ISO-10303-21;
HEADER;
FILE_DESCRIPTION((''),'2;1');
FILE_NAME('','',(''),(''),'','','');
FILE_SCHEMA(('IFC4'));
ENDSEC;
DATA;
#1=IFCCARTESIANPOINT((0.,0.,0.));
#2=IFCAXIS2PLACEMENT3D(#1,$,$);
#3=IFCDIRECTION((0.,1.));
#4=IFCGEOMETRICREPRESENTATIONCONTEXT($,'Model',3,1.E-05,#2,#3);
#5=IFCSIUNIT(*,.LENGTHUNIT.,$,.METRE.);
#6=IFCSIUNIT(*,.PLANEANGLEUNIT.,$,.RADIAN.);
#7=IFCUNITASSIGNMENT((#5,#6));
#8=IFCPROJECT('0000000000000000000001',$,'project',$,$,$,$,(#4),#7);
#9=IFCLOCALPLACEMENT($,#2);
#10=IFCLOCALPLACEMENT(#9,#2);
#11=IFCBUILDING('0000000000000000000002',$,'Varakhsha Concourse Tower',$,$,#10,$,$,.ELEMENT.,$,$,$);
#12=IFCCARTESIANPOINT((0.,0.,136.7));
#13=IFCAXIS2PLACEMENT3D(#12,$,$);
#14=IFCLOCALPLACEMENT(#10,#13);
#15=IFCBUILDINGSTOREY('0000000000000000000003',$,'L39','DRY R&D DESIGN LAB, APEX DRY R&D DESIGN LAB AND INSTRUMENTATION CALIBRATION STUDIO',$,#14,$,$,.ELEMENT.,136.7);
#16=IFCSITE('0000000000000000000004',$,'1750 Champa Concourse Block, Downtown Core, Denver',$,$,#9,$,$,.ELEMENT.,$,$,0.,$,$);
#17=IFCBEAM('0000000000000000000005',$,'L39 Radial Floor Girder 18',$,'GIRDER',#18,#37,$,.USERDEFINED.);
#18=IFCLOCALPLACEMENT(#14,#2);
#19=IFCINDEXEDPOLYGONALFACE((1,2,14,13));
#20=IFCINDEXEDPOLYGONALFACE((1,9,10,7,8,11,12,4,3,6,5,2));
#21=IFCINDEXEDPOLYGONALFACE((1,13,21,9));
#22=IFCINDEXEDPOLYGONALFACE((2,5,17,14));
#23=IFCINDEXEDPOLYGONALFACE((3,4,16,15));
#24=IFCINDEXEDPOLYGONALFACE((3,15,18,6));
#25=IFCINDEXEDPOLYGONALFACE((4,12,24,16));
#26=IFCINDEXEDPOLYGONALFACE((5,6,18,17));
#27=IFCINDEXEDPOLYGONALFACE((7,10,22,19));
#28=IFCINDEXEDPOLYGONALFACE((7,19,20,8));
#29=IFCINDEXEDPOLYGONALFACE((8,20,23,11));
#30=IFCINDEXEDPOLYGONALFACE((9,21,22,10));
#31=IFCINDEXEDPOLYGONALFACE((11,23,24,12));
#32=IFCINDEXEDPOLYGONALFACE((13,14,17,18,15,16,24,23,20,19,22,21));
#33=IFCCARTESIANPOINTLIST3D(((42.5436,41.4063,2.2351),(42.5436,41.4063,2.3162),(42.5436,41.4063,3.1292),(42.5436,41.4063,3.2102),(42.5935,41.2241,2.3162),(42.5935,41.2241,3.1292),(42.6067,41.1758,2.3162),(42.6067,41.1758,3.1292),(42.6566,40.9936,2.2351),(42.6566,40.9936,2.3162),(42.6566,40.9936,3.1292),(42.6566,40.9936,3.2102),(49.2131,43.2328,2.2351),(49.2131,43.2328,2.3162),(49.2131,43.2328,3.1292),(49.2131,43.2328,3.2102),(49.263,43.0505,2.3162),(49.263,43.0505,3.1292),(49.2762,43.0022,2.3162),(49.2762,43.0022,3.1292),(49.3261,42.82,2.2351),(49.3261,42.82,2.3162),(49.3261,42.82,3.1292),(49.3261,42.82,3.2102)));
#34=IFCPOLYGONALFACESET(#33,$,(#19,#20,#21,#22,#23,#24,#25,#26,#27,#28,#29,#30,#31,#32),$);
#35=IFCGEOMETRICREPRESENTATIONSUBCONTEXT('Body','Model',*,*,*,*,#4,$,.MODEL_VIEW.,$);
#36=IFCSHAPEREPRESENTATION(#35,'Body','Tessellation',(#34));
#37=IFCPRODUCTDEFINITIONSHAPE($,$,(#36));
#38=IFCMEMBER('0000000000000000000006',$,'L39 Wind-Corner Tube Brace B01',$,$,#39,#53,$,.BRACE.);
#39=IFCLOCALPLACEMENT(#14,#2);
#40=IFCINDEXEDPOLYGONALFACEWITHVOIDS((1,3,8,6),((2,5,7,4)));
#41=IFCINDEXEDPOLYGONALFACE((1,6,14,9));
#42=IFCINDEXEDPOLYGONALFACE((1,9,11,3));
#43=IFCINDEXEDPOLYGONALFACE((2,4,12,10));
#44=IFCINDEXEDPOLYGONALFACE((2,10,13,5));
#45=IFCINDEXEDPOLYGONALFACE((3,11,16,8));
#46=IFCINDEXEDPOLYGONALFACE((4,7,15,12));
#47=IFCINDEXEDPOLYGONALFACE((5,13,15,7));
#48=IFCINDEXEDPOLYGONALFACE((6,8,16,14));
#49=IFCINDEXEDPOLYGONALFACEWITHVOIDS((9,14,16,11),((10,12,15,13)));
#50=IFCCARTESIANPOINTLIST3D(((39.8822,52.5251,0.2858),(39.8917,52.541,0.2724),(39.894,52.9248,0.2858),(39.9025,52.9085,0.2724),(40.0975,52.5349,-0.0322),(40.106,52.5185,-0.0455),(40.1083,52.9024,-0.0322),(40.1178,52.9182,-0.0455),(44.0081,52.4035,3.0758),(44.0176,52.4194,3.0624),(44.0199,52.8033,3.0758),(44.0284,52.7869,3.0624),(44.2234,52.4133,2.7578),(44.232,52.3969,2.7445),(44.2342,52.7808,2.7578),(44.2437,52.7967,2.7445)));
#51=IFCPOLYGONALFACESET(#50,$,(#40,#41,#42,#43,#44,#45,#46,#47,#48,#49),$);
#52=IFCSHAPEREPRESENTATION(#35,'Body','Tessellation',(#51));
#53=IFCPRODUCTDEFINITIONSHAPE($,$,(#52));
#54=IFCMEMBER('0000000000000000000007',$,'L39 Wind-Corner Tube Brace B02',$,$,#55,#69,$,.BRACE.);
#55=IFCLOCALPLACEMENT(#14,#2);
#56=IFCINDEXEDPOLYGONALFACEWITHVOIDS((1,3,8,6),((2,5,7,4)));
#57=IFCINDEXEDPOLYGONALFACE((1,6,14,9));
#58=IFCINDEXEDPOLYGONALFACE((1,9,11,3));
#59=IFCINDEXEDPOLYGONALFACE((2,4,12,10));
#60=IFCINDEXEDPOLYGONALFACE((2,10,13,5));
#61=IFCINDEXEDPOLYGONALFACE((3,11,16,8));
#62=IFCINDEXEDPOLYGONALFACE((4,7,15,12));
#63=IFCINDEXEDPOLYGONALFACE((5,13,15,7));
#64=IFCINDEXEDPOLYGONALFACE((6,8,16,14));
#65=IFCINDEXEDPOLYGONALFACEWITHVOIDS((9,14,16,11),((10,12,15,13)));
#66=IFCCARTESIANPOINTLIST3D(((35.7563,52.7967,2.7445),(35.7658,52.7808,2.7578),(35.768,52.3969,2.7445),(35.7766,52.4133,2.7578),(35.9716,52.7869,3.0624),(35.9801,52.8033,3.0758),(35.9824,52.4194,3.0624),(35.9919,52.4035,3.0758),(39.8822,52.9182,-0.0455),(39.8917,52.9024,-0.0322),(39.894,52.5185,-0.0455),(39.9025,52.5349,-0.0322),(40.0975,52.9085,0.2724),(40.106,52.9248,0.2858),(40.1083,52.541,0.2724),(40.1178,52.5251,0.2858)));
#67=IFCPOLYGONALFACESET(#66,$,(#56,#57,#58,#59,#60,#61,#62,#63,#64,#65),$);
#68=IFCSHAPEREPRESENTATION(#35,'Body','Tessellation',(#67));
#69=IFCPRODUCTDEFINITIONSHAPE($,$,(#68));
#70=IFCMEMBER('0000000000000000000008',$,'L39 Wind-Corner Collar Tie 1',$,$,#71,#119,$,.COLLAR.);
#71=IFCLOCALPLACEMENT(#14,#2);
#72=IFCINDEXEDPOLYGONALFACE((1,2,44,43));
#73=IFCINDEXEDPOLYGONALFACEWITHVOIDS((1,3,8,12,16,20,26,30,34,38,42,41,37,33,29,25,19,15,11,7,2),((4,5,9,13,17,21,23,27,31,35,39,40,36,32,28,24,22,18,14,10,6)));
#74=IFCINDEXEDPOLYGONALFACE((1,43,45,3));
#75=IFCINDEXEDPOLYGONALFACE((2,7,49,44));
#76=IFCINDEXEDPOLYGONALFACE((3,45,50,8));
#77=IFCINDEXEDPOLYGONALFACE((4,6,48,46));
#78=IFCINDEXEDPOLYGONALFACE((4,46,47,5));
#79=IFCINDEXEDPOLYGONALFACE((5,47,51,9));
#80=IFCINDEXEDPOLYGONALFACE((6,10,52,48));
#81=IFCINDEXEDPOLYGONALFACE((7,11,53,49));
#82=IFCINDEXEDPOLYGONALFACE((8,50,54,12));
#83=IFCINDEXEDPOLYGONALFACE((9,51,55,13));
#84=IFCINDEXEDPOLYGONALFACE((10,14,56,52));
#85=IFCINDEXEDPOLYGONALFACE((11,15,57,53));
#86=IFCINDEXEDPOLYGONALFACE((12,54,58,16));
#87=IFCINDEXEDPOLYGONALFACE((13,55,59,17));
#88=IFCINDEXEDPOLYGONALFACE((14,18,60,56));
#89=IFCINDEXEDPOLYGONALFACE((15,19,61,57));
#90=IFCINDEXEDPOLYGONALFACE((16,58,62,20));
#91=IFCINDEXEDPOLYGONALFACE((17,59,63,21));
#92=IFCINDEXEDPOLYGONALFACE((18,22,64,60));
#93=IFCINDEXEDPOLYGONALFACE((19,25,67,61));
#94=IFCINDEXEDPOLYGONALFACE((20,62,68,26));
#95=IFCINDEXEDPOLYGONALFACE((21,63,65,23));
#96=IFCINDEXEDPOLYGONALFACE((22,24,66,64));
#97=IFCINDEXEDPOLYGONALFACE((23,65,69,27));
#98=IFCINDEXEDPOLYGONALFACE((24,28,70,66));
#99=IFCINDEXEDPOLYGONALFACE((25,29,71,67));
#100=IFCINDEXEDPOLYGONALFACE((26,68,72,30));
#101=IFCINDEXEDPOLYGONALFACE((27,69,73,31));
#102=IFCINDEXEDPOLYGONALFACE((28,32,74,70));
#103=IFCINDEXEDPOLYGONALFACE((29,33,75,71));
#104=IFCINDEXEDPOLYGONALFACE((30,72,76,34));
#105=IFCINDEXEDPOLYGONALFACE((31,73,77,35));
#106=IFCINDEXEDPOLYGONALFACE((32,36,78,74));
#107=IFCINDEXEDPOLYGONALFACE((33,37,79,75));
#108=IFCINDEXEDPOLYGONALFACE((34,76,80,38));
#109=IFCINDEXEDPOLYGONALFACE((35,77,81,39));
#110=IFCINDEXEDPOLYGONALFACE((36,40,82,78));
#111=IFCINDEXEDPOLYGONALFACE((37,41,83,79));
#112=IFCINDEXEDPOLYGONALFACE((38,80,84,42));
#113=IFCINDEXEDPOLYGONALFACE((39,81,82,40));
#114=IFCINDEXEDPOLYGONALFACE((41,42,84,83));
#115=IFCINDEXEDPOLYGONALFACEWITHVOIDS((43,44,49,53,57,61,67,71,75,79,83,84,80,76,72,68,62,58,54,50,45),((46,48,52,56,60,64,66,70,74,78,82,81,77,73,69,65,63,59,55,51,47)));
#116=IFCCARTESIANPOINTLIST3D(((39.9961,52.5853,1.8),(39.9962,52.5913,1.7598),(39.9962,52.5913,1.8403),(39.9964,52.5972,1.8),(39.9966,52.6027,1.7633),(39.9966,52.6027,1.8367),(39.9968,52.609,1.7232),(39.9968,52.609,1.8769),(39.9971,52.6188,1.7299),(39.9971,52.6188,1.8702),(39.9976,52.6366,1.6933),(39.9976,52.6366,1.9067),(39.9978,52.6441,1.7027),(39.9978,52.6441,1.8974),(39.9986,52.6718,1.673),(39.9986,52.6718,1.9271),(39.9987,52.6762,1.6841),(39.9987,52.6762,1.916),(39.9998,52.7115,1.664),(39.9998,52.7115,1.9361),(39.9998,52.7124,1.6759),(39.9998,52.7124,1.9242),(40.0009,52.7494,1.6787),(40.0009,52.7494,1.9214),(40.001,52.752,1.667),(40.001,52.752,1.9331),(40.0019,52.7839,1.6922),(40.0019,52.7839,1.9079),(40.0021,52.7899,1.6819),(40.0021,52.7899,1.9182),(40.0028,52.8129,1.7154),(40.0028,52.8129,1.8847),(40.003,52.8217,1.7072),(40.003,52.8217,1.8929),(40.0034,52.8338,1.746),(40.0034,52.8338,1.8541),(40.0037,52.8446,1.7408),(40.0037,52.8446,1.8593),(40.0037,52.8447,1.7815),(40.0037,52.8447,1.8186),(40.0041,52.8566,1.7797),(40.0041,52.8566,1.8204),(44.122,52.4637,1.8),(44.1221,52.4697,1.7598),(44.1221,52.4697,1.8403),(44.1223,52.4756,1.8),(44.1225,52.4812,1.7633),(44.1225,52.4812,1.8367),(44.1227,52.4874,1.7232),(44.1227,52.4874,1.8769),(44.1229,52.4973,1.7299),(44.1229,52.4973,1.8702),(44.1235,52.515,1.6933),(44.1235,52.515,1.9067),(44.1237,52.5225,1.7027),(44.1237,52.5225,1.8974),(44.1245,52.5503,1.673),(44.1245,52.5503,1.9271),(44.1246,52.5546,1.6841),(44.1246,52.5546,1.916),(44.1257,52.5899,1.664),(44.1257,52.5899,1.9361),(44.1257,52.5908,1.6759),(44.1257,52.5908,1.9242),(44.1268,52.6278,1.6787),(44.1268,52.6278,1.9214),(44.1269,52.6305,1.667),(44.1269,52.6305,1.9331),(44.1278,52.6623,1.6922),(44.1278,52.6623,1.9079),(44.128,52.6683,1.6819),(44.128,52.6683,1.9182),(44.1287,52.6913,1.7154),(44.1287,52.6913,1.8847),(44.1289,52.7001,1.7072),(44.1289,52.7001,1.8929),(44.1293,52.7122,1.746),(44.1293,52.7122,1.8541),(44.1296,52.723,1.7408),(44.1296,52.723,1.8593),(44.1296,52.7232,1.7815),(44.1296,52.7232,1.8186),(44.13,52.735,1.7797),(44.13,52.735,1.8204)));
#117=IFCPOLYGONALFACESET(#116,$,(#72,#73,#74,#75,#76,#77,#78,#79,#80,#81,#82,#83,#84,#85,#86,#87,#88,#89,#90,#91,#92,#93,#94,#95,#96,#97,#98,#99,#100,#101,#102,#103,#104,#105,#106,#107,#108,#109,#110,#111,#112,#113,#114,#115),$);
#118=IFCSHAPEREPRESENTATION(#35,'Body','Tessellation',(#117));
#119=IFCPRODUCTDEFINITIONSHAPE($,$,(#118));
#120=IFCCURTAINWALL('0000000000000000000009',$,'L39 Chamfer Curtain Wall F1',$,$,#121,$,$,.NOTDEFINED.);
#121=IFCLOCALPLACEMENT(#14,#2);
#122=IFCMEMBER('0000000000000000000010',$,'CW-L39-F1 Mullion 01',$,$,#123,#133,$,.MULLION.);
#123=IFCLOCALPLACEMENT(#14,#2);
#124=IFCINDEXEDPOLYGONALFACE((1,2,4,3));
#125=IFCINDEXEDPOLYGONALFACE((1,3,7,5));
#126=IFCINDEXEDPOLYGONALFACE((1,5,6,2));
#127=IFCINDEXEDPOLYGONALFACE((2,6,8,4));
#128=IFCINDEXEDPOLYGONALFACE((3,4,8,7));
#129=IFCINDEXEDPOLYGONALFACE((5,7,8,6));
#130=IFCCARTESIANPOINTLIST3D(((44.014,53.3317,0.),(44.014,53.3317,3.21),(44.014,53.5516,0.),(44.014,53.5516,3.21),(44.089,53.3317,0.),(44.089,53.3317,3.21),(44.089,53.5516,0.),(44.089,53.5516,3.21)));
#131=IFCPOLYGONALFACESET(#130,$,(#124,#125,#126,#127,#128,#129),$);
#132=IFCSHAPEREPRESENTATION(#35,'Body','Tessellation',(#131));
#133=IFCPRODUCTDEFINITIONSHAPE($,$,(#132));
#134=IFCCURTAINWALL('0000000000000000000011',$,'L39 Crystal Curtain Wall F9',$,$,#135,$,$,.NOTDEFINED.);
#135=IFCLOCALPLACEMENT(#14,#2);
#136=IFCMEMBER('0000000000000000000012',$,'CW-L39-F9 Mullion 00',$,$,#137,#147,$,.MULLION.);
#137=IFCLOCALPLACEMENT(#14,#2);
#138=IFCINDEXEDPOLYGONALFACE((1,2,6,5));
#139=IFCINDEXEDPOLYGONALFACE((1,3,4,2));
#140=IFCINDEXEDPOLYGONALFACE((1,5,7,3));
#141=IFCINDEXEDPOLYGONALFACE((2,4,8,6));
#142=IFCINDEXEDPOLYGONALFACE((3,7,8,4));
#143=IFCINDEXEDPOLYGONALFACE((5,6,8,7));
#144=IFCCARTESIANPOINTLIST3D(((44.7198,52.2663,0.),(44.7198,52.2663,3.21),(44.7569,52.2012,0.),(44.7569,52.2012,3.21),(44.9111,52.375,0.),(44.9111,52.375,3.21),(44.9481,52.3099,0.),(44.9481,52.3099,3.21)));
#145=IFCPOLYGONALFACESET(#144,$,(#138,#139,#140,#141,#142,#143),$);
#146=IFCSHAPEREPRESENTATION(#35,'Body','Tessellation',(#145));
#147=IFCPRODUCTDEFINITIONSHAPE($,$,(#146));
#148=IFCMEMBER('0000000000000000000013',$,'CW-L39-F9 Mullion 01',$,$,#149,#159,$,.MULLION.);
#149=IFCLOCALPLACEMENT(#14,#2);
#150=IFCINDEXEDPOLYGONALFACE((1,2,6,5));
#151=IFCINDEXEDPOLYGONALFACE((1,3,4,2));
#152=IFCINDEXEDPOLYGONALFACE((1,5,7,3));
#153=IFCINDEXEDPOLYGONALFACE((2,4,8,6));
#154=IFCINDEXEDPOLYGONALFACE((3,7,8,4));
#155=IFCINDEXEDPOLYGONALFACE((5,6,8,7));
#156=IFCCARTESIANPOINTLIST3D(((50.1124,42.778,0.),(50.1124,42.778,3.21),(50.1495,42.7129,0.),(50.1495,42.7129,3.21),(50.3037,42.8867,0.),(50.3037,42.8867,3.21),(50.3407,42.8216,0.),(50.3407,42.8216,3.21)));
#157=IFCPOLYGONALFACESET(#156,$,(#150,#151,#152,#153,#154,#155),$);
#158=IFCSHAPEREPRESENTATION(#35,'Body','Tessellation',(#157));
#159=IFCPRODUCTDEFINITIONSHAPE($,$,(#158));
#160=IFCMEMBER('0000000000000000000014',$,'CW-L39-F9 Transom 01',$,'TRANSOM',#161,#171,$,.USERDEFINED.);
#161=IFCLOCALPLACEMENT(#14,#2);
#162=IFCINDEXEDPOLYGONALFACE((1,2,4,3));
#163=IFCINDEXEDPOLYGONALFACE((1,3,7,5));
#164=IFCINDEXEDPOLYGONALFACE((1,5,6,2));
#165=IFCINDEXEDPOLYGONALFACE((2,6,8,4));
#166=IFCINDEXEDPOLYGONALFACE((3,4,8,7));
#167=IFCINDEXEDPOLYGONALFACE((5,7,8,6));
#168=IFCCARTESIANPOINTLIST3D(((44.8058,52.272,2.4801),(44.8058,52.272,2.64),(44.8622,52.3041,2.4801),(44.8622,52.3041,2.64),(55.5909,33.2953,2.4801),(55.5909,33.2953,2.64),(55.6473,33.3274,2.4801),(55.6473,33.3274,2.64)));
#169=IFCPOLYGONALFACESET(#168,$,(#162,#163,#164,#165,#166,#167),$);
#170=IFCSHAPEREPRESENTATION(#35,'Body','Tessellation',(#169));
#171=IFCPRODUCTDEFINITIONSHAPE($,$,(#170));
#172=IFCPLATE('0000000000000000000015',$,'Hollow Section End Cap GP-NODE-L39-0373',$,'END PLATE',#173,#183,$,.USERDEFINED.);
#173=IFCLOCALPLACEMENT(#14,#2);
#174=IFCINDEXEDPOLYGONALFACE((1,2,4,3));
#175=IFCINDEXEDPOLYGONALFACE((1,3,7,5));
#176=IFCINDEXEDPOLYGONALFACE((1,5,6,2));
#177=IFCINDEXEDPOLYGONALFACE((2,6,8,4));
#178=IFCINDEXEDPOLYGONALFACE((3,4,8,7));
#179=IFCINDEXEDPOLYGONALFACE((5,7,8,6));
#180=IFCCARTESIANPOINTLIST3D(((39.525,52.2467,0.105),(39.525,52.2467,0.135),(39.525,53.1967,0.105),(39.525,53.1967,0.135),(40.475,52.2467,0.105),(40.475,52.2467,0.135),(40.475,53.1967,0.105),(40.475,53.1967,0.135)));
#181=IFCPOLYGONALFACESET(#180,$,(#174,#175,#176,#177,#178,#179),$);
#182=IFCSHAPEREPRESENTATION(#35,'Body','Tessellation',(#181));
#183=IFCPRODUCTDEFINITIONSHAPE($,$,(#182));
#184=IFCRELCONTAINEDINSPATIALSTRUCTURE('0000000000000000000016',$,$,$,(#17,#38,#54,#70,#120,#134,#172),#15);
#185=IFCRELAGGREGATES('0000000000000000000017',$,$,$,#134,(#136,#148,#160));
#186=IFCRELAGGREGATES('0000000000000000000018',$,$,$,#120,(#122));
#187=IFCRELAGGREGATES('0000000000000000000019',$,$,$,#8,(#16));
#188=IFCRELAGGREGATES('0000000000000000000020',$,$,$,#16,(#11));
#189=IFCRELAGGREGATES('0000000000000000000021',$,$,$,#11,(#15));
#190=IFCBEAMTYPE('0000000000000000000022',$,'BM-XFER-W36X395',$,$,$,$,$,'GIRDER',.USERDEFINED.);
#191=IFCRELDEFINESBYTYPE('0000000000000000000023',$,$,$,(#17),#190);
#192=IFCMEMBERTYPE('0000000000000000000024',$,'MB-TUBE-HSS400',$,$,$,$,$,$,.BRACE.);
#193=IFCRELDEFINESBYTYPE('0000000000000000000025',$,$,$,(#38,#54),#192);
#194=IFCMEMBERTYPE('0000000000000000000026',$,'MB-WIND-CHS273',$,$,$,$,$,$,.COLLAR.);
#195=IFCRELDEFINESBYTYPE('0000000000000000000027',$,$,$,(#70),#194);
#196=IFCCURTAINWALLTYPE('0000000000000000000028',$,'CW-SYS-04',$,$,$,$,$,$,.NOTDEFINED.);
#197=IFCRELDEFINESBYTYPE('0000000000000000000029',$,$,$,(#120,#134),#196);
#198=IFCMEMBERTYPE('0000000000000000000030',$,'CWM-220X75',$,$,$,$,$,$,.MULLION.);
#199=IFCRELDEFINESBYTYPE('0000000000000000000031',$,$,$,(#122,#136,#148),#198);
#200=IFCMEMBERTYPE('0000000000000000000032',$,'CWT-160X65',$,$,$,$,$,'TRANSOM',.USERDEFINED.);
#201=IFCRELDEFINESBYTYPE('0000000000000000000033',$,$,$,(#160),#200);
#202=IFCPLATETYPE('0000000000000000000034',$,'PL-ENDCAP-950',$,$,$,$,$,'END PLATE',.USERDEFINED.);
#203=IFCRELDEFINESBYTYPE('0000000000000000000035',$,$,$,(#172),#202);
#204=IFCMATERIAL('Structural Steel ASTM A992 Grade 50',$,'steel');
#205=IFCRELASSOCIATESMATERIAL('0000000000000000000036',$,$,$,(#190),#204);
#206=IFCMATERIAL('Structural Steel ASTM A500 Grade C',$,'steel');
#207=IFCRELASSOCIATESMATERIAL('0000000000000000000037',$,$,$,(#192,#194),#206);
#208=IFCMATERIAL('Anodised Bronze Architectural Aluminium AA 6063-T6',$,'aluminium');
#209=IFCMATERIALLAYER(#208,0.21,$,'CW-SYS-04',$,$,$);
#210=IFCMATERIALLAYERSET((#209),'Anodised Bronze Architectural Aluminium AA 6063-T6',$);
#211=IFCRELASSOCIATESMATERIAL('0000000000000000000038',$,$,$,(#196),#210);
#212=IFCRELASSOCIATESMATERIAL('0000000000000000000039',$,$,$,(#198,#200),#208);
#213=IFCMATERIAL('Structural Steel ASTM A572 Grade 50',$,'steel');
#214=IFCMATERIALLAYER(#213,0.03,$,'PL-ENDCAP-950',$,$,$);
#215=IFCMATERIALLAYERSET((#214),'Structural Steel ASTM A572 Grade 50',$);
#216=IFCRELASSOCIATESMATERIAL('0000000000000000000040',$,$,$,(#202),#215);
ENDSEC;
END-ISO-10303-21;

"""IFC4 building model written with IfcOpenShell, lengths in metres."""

from ifc_helpers import new_model, si_unit, direction, frame, origin, origin_2d, place, context, subcontext, project, spatial, rectangle, hollow_rectangle, hollow_circle, i_section, extrude, source, transform, mapped, material, layer, layer_set, material_profile, profile_set, type_object, type_shapes, element, aggregate, save


model = new_model("IFC4")

# Units and contexts
model_context = context("Model", 3, precision=1e-05, world=origin(), true_north=direction((0.0, 1.0)))
body_context = subcontext(model_context, "Body", "Model", "MODEL_VIEW")
ifc_project = project(units=[si_unit("LENGTHUNIT", "METRE"), si_unit("PLANEANGLEUNIT", "RADIAN")], contexts=[model_context])

# Site, building, storey
site_placement = place(None, origin())
site = spatial("IfcSite", under=ifc_project, at=site_placement, Name="1750 Champa Concourse Block, Downtown Core, Denver", CompositionType="ELEMENT", RefElevation=0.0)
building_placement = place(site_placement, origin())
building = spatial("IfcBuilding", under=site, at=building_placement, Name="Varakhsha Concourse Tower", CompositionType="ELEMENT")
storey_placement = place(building_placement, frame((0.0, 0.0, 136.7)))
storey = spatial("IfcBuildingStorey", under=building, at=storey_placement, Name="L39", Description="DRY R&D DESIGN LAB, APEX DRY R&D DESIGN LAB AND INSTRUMENTATION CALIBRATION STUDIO", CompositionType="ELEMENT", Elevation=136.7)

# Shared definitions
ifc_material_1 = material(Name="Structural Steel ASTM A992 Grade 50", Category="steel")
ifc_material_2 = material(Name="Structural Steel ASTM A572 Grade 50", Category="steel")

# Beam
ifc_material_profile_1 = material_profile(ifc_material_1, i_section(OverallWidth=0.428, OverallDepth=0.9751, WebThickness=0.05, FlangeThickness=0.0811, at=origin_2d()), Name="W36X395")
ifc_profile_set_1 = profile_set([ifc_material_profile_1], Name="Structural Steel ASTM A992 Grade 50")
beam_type_1 = type_object("IfcBeamType", Name="BM-XFER-W36X395", ElementType="GIRDER", PredefinedType="USERDEFINED", material=ifc_profile_set_1)
beam_1_placement = place(storey_placement, frame((42.6001, 41.2, 2.7227), z_axis=(0.964489, 0.264124, 0.0), x_axis=(-0.264124, 0.964489, 0.0)))
element("IfcBeam", 1, at=beam_1_placement, inside=storey, type_object=beam_type_1, Name="L39 Radial Floor Girder 18", ObjectType="GIRDER", PredefinedType="USERDEFINED", context=body_context, shape_type="SweptSolid", body=[
    extrude(i_section(OverallWidth=0.428, OverallDepth=0.9751, WebThickness=0.05, FlangeThickness=0.0811, at=origin_2d()), origin(), (0.0, 0.0, 1.0), 6.915),
])

# Members
ifc_material_3 = material(Name="Structural Steel ASTM A500 Grade C", Category="steel")
ifc_material_profile_2 = material_profile(ifc_material_3, hollow_rectangle(XDim=0.3999, YDim=0.3999, WallThickness=0.0161, at=origin_2d()), Name="HSS 400x400x16")
ifc_profile_set_2 = profile_set([ifc_material_profile_2], Name="Structural Steel ASTM A500 Grade C")
member_type_1 = type_object("IfcMemberType", Name="MB-TUBE-HSS400", PredefinedType="BRACE", material=ifc_profile_set_2)
shared_shape_1 = source(origin(), body_context, "Body", "SweptSolid", [
    extrude(hollow_rectangle(XDim=0.3999, YDim=0.3999, WallThickness=0.0161, at=origin_2d()), origin(), (0.0, 0.0, 1.0), 4.9822),
])
type_shapes(member_type_1, [shared_shape_1])
for number, where, z_axis, x_axis, name in (
    (2, (40.0, 52.7217, 0.1201), (0.828136, -0.024403, 0.559996), (0.029455, 0.999566, 0.0), "L39 Wind-Corner Tube Brace B01"),
    (3, (40.0, 52.7217, 0.1201), (-0.828136, -0.024403, 0.559996), (0.029455, -0.999566, 0.0), "L39 Wind-Corner Tube Brace B02"),
):
    element("IfcMember", number, at=place(storey_placement, frame(where, z_axis=z_axis, x_axis=x_axis)), inside=storey, type_object=member_type_1, Name=name, PredefinedType="BRACE", context=body_context, shape_type="MappedRepresentation", body=[
        mapped(shared_shape_1, transform((0.0, 0.0, 0.0), scale=1.0)),
    ])
ifc_material_profile_3 = material_profile(ifc_material_3, hollow_circle(Radius=0.1365, WallThickness=0.012, at=origin_2d()), Name="CHS 273x12")
ifc_profile_set_3 = profile_set([ifc_material_profile_3], Name="Structural Steel ASTM A500 Grade C")
member_type_2 = type_object("IfcMemberType", Name="MB-WIND-CHS273", PredefinedType="COLLAR", material=ifc_profile_set_3)
shared_shape_2 = source(origin(), body_context, "Body", "SweptSolid", [
    extrude(hollow_circle(Radius=0.1365, WallThickness=0.012, at=origin_2d()), origin(), (0.0, 0.0, 1.0), 4.1277),
])
type_shapes(member_type_2, [shared_shape_2])
member_1_placement = place(storey_placement, frame((44.126, 52.6001, 1.8), z_axis=(-0.999566, 0.029455, 0.0), x_axis=(-0.029455, -0.999566, 0.0)))
element("IfcMember", 4, at=member_1_placement, inside=storey, type_object=member_type_2, Name="L39 Wind-Corner Collar Tie 1", PredefinedType="COLLAR", context=body_context, shape_type="MappedRepresentation", body=[
    mapped(shared_shape_2, transform((0.0, 0.0, 0.0), scale=1.0)),
])

# Curtain wall, member
ifc_material_4 = material(Name="Anodised Bronze Architectural Aluminium AA 6063-T6", Category="aluminium")
ifc_layer_1 = layer(ifc_material_4, 0.21, Name="CW-SYS-04")
ifc_layer_set_1 = layer_set([ifc_layer_1], Name="Anodised Bronze Architectural Aluminium AA 6063-T6")
curtain_wall_type = type_object("IfcCurtainWallType", Name="CW-SYS-04", PredefinedType="NOTDEFINED", material=ifc_layer_set_1)
curtain_wall_1_placement = place(storey_placement, origin())
curtain_wall_1 = element("IfcCurtainWall", 5, at=curtain_wall_1_placement, inside=storey, type_object=curtain_wall_type, Name="L39 Chamfer Curtain Wall F1", PredefinedType="NOTDEFINED")
ifc_material_profile_4 = material_profile(ifc_material_4, rectangle(XDim=0.075, YDim=0.22, at=origin_2d()), Name="CWM-220X75")
ifc_profile_set_4 = profile_set([ifc_material_profile_4], Name="Anodised Bronze Architectural Aluminium AA 6063-T6")
member_type_3 = type_object("IfcMemberType", Name="CWM-220X75", PredefinedType="MULLION", material=ifc_profile_set_4)
shared_shape_3 = source(origin(), body_context, "Body", "SweptSolid", [
    extrude(rectangle(XDim=0.075, YDim=0.22, at=origin_2d()), origin(), (0.0, 0.0, 1.0), 3.21),
])
type_shapes(member_type_3, [shared_shape_3])
member_2_placement = place(storey_placement, frame((44.0515, 53.4417, 0.0), z_axis=(0.0, 0.0, 1.0), x_axis=(1.0, 0.0, 0.0)))
member_2 = element("IfcMember", 6, at=member_2_placement, type_object=member_type_3, Name="CW-L39-F1 Mullion 01", PredefinedType="MULLION", context=body_context, shape_type="MappedRepresentation", body=[
    mapped(shared_shape_3, transform((0.0, 0.0, 0.0), scale=1.0)),
])

# Curtain wall, members
curtain_wall_2_placement = place(storey_placement, origin())
curtain_wall_2 = element("IfcCurtainWall", 7, at=curtain_wall_2_placement, inside=storey, type_object=curtain_wall_type, Name="L39 Crystal Curtain Wall F9", PredefinedType="NOTDEFINED")
member_3_placement = place(storey_placement, frame((44.834, 52.2881, 0.0), z_axis=(0.0, 0.0, 1.0), x_axis=(0.494115, -0.869397, 0.0)))
member_3 = element("IfcMember", 8, at=member_3_placement, type_object=member_type_3, Name="CW-L39-F9 Mullion 00", PredefinedType="MULLION", context=body_context, shape_type="MappedRepresentation", body=[
    mapped(shared_shape_3, transform((0.0, 0.0, 0.0), scale=1.0)),
])
member_4_placement = place(storey_placement, frame((50.2266, 42.7998, 0.0), z_axis=(0.0, 0.0, 1.0), x_axis=(0.494115, -0.869397, 0.0)))
member_4 = element("IfcMember", 9, at=member_4_placement, type_object=member_type_3, Name="CW-L39-F9 Mullion 01", PredefinedType="MULLION", context=body_context, shape_type="MappedRepresentation", body=[
    mapped(shared_shape_3, transform((0.0, 0.0, 0.0), scale=1.0)),
])
ifc_material_profile_5 = material_profile(ifc_material_4, rectangle(XDim=0.0649, YDim=0.1599, at=origin_2d()), Name="CWT-160X65")
ifc_profile_set_5 = profile_set([ifc_material_profile_5], Name="Anodised Bronze Architectural Aluminium AA 6063-T6")
member_type_4 = type_object("IfcMemberType", Name="CWT-160X65", ElementType="TRANSOM", PredefinedType="USERDEFINED", material=ifc_profile_set_5)
shared_shape_4 = source(origin(), body_context, "Body", "SweptSolid", [
    extrude(rectangle(XDim=0.0649, YDim=0.1599, at=origin_2d()), origin(), (0.0, 0.0, 1.0), 21.8274),
])
type_shapes(member_type_4, [shared_shape_4])
member_5_placement = place(storey_placement, frame((44.834, 52.2881, 2.5601), z_axis=(0.494109, -0.8694, 0.0), x_axis=(0.8694, 0.494109, 0.0)))
member_5 = element("IfcMember", 10, at=member_5_placement, type_object=member_type_4, Name="CW-L39-F9 Transom 01", ObjectType="TRANSOM", PredefinedType="USERDEFINED", context=body_context, shape_type="MappedRepresentation", body=[
    mapped(shared_shape_4, transform((0.0, 0.0, 0.0), scale=1.0)),
])

# Plate
ifc_layer_2 = layer(ifc_material_2, 0.03, Name="PL-ENDCAP-950")
ifc_layer_set_2 = layer_set([ifc_layer_2], Name="Structural Steel ASTM A572 Grade 50")
plate_type_1 = type_object("IfcPlateType", Name="PL-ENDCAP-950", ElementType="END PLATE", PredefinedType="USERDEFINED", material=ifc_layer_set_2)
shared_shape_5 = source(origin(), body_context, "Body", "SweptSolid", [
    extrude(rectangle(XDim=0.95, YDim=0.95, at=origin_2d()), origin(), (0.0, 0.0, 1.0), 0.03),
])
type_shapes(plate_type_1, [shared_shape_5])
for number, where, z_axis, x_axis, name in (
    (11, (40.0, 52.7217, 0.105), (0.0, 0.0, 1.0), (1.0, 0.0, 0.0), "Hollow Section End Cap GP-NODE-L39-0373"),
):
    element("IfcPlate", number, at=place(storey_placement, frame(where, z_axis=z_axis, x_axis=x_axis)), inside=storey, type_object=plate_type_1, Name=name, ObjectType="END PLATE", PredefinedType="USERDEFINED", context=body_context, shape_type="MappedRepresentation", body=[
        mapped(shared_shape_5, transform((0.0, 0.0, 0.0), scale=1.0)),
    ])

aggregate(curtain_wall_2, [member_3, member_4, member_5])
aggregate(curtain_wall_1, [member_2])

save(model, "model.ifc")
